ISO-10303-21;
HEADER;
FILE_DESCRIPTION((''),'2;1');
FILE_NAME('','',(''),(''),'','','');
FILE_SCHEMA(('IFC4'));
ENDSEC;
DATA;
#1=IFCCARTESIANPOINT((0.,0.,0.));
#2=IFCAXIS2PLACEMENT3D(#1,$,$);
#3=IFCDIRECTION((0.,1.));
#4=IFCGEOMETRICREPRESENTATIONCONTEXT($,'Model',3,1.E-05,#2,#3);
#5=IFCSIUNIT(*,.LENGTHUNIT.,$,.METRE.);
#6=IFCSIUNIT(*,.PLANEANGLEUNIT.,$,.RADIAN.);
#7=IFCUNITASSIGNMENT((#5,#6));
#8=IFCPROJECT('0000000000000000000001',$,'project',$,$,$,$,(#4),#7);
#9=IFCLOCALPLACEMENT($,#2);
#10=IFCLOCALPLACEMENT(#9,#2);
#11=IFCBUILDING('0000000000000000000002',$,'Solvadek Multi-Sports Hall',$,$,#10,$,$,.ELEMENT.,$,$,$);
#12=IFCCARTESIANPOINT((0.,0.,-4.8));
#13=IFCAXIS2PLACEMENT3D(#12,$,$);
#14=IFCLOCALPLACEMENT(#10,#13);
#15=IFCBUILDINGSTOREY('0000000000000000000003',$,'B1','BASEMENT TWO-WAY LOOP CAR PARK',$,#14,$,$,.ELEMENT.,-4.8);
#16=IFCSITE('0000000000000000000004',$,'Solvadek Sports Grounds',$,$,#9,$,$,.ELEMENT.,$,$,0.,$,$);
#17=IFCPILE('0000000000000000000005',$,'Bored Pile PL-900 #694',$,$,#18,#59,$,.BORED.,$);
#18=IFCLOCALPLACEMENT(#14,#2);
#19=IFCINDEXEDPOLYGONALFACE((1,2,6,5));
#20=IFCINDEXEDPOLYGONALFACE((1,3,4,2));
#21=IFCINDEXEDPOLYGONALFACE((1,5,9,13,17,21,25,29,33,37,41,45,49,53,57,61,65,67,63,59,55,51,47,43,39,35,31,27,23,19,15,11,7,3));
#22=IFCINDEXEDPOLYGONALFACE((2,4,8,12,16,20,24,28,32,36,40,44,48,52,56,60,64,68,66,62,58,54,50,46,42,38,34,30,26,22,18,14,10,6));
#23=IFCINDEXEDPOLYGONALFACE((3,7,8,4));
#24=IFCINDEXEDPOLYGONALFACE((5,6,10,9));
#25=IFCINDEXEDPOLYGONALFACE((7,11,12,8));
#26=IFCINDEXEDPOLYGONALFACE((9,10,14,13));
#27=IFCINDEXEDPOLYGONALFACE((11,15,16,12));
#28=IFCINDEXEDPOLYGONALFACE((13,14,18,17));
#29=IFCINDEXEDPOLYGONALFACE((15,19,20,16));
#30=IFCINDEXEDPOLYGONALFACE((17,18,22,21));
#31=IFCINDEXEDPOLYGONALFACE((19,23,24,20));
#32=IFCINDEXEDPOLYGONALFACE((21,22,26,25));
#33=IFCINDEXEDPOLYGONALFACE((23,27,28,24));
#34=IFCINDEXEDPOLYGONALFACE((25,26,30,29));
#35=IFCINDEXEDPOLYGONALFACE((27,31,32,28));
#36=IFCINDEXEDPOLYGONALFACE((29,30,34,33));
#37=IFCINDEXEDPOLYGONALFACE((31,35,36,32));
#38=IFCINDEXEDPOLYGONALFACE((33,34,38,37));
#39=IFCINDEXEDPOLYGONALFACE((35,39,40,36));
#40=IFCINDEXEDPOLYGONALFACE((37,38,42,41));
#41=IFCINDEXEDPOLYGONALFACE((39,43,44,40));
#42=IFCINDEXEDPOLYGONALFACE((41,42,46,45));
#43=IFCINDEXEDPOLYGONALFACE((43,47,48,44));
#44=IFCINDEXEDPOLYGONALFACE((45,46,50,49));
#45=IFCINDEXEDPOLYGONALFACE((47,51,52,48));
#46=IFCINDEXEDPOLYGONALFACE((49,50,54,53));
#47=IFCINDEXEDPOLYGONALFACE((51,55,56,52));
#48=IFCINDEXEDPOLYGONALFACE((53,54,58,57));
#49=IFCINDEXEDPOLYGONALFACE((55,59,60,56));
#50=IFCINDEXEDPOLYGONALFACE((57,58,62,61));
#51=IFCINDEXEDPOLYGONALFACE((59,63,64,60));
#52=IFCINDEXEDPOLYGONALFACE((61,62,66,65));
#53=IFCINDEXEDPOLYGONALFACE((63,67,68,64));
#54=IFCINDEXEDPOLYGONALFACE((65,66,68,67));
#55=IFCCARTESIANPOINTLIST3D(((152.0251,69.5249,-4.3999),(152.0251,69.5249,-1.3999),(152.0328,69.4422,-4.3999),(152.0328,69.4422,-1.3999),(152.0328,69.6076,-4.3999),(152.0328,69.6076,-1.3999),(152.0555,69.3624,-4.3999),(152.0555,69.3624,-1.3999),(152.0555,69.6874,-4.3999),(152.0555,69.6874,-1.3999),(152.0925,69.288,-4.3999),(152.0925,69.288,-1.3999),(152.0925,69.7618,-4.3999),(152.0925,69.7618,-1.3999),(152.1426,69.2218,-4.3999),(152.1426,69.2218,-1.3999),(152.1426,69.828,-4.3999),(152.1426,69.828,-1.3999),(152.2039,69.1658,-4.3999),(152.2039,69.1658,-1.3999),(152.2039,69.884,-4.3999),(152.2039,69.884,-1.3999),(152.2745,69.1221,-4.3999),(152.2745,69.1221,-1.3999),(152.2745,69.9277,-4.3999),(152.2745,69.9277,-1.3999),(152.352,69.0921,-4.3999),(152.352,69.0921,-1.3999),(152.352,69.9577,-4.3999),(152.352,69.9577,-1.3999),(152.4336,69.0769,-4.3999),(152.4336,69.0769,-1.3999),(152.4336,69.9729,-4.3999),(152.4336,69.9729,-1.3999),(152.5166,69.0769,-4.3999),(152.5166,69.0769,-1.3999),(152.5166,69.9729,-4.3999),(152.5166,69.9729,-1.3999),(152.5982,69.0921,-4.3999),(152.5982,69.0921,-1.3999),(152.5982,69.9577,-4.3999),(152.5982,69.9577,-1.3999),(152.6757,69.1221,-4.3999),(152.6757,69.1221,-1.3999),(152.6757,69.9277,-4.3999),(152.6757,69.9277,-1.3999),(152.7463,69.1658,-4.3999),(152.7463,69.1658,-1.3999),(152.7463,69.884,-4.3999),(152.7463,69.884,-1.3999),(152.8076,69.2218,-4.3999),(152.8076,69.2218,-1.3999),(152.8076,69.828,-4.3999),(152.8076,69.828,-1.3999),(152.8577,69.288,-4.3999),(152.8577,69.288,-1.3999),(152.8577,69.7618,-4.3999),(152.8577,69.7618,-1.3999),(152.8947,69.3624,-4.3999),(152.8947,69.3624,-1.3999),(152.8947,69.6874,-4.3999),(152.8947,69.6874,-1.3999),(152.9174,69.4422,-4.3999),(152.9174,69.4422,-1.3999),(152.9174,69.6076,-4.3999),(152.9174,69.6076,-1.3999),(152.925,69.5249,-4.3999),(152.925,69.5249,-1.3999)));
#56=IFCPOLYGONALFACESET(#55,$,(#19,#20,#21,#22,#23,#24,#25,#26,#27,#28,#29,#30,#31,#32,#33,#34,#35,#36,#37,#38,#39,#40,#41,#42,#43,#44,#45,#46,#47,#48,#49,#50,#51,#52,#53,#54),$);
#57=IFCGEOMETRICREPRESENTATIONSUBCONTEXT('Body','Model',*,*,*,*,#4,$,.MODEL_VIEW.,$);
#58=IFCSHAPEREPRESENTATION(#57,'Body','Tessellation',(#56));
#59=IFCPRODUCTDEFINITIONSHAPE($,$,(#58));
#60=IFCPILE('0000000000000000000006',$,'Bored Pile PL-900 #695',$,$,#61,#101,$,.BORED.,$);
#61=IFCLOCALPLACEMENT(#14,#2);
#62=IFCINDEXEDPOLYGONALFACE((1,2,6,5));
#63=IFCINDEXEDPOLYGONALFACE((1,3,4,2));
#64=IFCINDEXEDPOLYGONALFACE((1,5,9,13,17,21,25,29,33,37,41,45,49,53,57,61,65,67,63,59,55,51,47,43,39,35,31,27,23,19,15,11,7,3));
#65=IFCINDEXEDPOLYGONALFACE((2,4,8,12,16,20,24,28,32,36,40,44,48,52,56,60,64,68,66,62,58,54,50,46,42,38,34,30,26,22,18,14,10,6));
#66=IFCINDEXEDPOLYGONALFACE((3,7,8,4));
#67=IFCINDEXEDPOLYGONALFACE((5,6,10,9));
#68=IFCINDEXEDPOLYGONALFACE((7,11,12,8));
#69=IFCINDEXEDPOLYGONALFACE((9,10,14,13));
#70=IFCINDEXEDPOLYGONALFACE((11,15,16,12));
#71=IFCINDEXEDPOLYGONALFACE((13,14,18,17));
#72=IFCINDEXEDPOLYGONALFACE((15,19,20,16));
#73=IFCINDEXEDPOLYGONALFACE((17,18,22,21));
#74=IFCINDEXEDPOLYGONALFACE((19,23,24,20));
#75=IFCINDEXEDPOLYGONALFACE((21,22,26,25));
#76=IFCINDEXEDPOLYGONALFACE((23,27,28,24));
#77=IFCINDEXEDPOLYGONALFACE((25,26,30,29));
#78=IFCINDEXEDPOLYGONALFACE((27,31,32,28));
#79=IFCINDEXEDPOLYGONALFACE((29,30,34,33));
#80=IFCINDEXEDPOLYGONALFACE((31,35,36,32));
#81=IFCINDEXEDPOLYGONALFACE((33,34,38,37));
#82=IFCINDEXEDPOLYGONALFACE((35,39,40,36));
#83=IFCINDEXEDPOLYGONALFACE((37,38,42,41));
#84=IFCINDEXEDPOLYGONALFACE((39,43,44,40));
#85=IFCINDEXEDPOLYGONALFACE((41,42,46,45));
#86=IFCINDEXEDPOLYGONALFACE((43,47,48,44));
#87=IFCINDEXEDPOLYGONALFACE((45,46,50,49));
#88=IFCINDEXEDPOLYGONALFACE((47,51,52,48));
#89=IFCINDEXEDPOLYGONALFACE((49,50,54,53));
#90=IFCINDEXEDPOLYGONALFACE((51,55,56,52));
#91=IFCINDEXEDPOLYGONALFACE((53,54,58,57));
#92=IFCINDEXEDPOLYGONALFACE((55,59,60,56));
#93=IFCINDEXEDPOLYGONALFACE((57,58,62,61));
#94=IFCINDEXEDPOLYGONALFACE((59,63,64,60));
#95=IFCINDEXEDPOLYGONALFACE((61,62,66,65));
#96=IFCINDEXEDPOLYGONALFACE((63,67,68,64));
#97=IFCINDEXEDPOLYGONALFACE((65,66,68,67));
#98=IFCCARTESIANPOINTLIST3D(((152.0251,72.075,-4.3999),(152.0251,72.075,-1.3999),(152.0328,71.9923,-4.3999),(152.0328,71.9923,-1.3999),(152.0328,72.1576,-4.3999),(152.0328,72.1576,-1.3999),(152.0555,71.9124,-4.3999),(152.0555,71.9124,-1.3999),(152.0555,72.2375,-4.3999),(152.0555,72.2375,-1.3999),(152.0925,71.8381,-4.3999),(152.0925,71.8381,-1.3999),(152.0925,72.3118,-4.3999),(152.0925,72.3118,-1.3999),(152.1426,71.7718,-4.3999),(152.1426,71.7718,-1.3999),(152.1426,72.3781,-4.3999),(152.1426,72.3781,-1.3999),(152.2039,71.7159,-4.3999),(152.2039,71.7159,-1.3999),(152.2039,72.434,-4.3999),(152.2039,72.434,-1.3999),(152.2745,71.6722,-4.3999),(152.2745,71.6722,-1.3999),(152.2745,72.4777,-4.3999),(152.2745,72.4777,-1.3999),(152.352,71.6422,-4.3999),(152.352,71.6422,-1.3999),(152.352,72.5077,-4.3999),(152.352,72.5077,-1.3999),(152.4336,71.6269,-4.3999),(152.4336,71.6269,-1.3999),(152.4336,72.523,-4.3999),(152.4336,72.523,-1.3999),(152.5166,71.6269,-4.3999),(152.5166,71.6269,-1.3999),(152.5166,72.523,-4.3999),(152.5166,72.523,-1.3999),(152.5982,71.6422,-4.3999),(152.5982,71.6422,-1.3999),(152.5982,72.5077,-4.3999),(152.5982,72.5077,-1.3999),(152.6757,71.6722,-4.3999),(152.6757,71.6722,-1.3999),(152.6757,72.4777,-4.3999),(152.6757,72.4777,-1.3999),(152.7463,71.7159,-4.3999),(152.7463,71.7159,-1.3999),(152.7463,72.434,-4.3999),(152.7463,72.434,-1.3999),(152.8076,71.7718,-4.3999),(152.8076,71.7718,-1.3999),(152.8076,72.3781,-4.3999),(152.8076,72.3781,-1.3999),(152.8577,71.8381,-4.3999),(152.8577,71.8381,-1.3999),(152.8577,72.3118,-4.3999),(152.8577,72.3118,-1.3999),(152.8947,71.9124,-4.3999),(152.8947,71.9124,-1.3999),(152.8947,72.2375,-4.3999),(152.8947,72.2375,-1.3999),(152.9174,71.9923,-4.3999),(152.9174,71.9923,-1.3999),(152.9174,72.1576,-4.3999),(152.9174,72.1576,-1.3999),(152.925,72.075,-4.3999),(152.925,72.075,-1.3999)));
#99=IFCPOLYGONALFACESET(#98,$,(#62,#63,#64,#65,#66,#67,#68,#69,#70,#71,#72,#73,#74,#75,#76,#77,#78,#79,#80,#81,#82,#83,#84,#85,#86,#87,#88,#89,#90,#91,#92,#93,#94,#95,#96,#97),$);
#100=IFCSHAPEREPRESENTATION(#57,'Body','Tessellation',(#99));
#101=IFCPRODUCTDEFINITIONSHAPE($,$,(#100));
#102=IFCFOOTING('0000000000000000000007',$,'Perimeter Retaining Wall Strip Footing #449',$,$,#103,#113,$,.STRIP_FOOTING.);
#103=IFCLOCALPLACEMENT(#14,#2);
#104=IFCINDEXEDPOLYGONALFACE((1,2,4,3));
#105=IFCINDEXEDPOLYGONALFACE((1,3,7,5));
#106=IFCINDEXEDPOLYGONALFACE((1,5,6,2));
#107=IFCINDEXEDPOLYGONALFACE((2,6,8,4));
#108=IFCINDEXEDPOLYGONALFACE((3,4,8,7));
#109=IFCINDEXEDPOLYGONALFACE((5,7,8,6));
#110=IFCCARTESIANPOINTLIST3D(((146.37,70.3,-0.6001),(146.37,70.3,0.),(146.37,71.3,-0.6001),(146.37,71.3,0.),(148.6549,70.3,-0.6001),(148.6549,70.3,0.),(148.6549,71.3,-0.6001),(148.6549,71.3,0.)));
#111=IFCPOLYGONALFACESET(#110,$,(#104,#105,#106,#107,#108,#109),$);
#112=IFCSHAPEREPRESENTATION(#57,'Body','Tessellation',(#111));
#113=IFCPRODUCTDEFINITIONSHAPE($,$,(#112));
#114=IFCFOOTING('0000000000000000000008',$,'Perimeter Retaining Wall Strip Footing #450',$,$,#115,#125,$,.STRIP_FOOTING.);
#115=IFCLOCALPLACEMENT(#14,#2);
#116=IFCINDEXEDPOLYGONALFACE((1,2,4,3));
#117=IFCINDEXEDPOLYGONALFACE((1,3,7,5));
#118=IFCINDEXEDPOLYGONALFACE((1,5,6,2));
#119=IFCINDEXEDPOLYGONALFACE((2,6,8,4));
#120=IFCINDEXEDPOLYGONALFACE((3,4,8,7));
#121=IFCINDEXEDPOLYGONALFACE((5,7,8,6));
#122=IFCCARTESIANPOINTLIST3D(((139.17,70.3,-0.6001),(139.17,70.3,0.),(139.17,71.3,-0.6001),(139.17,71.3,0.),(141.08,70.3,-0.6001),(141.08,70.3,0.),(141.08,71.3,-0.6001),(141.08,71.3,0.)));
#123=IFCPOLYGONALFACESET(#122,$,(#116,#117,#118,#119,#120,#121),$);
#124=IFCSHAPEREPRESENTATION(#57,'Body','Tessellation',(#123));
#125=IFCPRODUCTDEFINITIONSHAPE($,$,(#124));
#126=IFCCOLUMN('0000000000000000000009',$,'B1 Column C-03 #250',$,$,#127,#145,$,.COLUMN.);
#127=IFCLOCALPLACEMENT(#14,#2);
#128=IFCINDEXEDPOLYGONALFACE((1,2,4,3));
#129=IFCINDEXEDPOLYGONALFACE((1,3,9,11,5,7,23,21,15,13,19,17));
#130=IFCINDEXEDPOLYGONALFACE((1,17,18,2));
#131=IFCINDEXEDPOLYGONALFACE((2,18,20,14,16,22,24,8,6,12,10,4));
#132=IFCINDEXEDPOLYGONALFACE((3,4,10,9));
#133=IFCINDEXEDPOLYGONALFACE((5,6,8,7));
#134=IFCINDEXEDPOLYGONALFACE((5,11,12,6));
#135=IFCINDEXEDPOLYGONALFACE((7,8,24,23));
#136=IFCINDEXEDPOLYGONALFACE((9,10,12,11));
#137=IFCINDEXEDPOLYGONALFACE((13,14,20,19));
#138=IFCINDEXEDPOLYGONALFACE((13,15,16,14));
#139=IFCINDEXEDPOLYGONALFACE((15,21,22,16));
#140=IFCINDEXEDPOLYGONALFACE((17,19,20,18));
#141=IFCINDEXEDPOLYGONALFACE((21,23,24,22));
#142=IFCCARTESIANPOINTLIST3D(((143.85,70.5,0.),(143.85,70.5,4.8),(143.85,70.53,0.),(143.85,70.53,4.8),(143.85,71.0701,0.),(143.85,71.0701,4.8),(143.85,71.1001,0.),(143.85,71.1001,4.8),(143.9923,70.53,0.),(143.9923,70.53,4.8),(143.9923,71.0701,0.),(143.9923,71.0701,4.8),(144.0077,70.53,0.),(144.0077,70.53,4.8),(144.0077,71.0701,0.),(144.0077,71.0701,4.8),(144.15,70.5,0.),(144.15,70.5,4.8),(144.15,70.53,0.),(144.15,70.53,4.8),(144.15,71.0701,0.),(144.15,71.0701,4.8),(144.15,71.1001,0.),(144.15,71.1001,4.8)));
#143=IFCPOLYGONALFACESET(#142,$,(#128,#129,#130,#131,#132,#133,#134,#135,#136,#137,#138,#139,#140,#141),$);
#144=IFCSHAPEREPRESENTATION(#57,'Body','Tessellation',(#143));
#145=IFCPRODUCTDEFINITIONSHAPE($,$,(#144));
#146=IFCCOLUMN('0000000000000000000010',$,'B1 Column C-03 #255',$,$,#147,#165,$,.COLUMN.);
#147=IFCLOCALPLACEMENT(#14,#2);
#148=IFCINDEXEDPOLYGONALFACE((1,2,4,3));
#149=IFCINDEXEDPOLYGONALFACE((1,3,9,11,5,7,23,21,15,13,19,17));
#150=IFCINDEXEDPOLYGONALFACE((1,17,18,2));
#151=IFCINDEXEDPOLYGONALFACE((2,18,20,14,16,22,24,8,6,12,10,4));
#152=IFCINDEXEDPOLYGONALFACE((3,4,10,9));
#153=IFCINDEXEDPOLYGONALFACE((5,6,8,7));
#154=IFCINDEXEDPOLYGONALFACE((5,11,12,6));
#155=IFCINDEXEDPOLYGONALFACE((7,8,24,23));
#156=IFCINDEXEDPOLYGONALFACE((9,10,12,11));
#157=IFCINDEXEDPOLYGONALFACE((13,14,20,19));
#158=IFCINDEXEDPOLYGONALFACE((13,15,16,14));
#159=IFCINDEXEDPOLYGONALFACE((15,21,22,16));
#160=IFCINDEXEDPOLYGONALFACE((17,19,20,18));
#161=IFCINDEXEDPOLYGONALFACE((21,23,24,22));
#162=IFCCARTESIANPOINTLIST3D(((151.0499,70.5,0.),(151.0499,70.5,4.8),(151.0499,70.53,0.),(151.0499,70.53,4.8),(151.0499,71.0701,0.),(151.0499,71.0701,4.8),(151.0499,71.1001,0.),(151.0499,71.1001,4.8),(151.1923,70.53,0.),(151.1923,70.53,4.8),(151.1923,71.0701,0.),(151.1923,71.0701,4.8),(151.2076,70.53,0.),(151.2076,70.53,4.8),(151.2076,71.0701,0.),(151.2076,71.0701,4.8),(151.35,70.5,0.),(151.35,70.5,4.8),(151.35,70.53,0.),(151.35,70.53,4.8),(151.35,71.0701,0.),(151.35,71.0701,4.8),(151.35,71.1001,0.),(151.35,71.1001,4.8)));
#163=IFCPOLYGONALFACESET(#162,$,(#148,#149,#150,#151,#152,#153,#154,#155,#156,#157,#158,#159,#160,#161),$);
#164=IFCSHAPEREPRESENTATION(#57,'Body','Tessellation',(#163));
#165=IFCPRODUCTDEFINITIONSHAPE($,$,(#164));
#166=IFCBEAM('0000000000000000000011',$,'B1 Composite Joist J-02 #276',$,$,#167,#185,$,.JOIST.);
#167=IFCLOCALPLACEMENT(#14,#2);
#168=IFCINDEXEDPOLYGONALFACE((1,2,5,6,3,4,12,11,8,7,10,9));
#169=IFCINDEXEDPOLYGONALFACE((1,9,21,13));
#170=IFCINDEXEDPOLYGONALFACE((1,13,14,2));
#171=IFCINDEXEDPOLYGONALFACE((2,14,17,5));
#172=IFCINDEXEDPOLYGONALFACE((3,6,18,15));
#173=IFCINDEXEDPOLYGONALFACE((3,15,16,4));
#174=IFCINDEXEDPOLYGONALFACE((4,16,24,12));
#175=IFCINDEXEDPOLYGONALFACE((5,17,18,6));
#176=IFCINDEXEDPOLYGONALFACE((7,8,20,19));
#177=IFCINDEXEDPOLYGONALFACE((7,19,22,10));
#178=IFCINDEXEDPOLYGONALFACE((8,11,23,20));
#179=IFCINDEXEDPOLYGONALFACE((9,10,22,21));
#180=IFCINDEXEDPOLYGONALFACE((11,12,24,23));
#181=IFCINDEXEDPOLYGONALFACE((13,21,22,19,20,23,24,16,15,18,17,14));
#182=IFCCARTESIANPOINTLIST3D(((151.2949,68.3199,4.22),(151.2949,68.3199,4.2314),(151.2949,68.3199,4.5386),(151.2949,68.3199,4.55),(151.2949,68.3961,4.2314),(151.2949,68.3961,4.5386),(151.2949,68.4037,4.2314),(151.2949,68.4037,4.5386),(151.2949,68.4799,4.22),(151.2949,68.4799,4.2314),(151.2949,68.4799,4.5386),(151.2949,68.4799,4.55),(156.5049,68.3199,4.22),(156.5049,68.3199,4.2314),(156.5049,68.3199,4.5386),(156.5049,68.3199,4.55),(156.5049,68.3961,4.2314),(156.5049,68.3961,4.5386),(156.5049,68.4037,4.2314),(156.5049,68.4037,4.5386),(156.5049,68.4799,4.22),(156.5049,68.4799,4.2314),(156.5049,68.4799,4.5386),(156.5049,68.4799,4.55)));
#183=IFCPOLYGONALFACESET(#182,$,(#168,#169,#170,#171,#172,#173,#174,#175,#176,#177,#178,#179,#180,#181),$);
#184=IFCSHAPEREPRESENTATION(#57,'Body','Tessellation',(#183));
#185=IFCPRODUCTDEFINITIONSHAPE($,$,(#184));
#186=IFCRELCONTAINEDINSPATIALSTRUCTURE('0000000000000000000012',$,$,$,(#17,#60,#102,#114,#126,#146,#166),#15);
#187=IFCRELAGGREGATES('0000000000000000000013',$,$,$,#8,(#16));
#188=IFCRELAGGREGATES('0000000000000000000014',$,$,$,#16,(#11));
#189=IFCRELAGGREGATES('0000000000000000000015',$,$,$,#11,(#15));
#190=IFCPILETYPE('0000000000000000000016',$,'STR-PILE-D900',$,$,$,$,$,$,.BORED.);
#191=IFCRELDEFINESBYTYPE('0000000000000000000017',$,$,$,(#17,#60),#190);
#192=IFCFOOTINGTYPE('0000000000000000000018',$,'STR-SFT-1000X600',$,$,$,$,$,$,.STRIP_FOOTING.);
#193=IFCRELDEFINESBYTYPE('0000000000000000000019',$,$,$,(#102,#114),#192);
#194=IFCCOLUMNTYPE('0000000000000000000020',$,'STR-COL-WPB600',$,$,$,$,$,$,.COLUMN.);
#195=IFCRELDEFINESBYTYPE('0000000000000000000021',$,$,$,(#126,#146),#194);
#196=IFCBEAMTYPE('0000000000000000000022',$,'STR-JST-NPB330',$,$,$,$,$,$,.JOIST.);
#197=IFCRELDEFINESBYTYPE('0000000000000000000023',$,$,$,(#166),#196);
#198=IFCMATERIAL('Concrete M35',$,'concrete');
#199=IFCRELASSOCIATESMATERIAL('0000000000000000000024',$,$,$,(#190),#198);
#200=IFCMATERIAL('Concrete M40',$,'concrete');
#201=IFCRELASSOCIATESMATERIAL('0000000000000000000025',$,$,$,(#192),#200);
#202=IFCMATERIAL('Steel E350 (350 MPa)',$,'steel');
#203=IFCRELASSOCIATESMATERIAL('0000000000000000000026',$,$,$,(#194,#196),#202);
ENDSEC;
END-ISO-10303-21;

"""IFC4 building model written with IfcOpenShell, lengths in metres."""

from ifc_helpers import new_model, si_unit, direction, frame, origin, origin_2d, place, context, subcontext, project, spatial, rectangle, circle, i_section, extrude, material, material_profile, profile_set, type_object, element, save


model = new_model("IFC4")

# Units and contexts
model_context = context("Model", 3, precision=1e-05, world=origin(), true_north=direction((0.0, 1.0)))
body_context = subcontext(model_context, "Body", "Model", "MODEL_VIEW")
ifc_project = project(units=[si_unit("LENGTHUNIT", "METRE"), si_unit("PLANEANGLEUNIT", "RADIAN")], contexts=[model_context])

# Site, building, storey
site_placement = place(None, origin())
site = spatial("IfcSite", under=ifc_project, at=site_placement, Name="Solvadek Sports Grounds", CompositionType="ELEMENT", RefElevation=0.0)
building_placement = place(site_placement, origin())
building = spatial("IfcBuilding", under=site, at=building_placement, Name="Solvadek Multi-Sports Hall", CompositionType="ELEMENT")
storey_placement = place(building_placement, frame((0.0, 0.0, -4.8)))
storey = spatial("IfcBuildingStorey", under=building, at=storey_placement, Name="B1", Description="BASEMENT TWO-WAY LOOP CAR PARK", CompositionType="ELEMENT", Elevation=-4.8)

# Shared definitions
ifc_material_1 = material(Name="Concrete M40", Category="concrete")

# Piles
ifc_material_2 = material(Name="Concrete M35", Category="concrete")
ifc_material_profile_1 = material_profile(ifc_material_2, circle(Radius=0.45, at=origin_2d()), Name="BORED PILE D900")
ifc_profile_set_1 = profile_set([ifc_material_profile_1], Name="Concrete M35")
pile_type = type_object("IfcPileType", Name="STR-PILE-D900", PredefinedType="BORED", material=ifc_profile_set_1)
for number, where, z_axis, x_axis, name in (
    (1, (152.4751, 69.5249, -1.3999), (0.0, 0.0, -1.0), (1.0, 0.0, 0.0), "Bored Pile PL-900 #694"),
    (2, (152.4751, 72.075, -1.3999), (0.0, 0.0, -1.0), (1.0, 0.0, 0.0), "Bored Pile PL-900 #695"),
):
    element("IfcPile", number, at=place(storey_placement, frame(where, z_axis=z_axis, x_axis=x_axis)), inside=storey, type_object=pile_type, Name=name, PredefinedType="BORED", context=body_context, shape_type="SweptSolid", body=[
        extrude(circle(Radius=0.45, at=origin_2d()), origin(), (0.0, 0.0, 1.0), 3.0),
    ])

# Footings
footing_type_1 = type_object("IfcFootingType", Name="STR-SFT-1000X600", PredefinedType="STRIP_FOOTING", material=ifc_material_1)
footing_1_placement = place(storey_placement, frame((147.5125, 70.8, -0.6001), z_axis=(0.0, 0.0, 1.0), x_axis=(-1.0, 0.0, 0.0)))
element("IfcFooting", 3, at=footing_1_placement, inside=storey, type_object=footing_type_1, Name="Perimeter Retaining Wall Strip Footing #449", PredefinedType="STRIP_FOOTING", context=body_context, shape_type="SweptSolid", body=[
    extrude(rectangle(XDim=2.2849, YDim=1.0, at=origin_2d()), origin(), (0.0, 0.0, 1.0), 0.6001),
])
footing_2_placement = place(storey_placement, frame((140.125, 70.8, -0.6001), z_axis=(0.0, 0.0, 1.0), x_axis=(-1.0, 0.0, 0.0)))
element("IfcFooting", 4, at=footing_2_placement, inside=storey, type_object=footing_type_1, Name="Perimeter Retaining Wall Strip Footing #450", PredefinedType="STRIP_FOOTING", context=body_context, shape_type="SweptSolid", body=[
    extrude(rectangle(XDim=1.9099, YDim=1.0, at=origin_2d()), origin(), (0.0, 0.0, 1.0), 0.6001),
])

# Columns
ifc_material_3 = material(Name="Steel E350 (350 MPa)", Category="steel")
ifc_material_profile_2 = material_profile(ifc_material_3, i_section(OverallWidth=0.3, OverallDepth=0.6001, WebThickness=0.0154, FlangeThickness=0.03, at=origin_2d()), Name="WPB 600")
ifc_profile_set_2 = profile_set([ifc_material_profile_2], Name="Steel E350 (350 MPa)")
column_type = type_object("IfcColumnType", Name="STR-COL-WPB600", PredefinedType="COLUMN", material=ifc_profile_set_2)
for number, where, z_axis, x_axis, name in (
    (5, (144.0, 70.8, 0.0), (0.0, 0.0, 1.0), (1.0, 0.0, 0.0), "B1 Column C-03 #250"),
    (6, (151.2, 70.8, 0.0), (0.0, 0.0, 1.0), (1.0, 0.0, 0.0), "B1 Column C-03 #255"),
):
    element("IfcColumn", number, at=place(storey_placement, frame(where, z_axis=z_axis, x_axis=x_axis)), inside=storey, type_object=column_type, Name=name, PredefinedType="COLUMN", context=body_context, shape_type="SweptSolid", body=[
        extrude(i_section(OverallWidth=0.3, OverallDepth=0.6001, WebThickness=0.0154, FlangeThickness=0.03, at=origin_2d()), origin(), (0.0, 0.0, 1.0), 4.8),
    ])

# Beam
ifc_material_profile_3 = material_profile(ifc_material_3, i_section(OverallWidth=0.1599, OverallDepth=0.3301, WebThickness=0.0076, FlangeThickness=0.0115, at=origin_2d()), Name="NPB 330")
ifc_profile_set_3 = profile_set([ifc_material_profile_3], Name="Steel E350 (350 MPa)")
beam_type_1 = type_object("IfcBeamType", Name="STR-JST-NPB330", PredefinedType="JOIST", material=ifc_profile_set_3)
beam_1_placement = place(storey_placement, frame((151.2949, 68.3999, 4.385), z_axis=(1.0, 0.0, 0.0), x_axis=(0.0, 1.0, 0.0)))
element("IfcBeam", 7, at=beam_1_placement, inside=storey, type_object=beam_type_1, Name="B1 Composite Joist J-02 #276", PredefinedType="JOIST", context=body_context, shape_type="SweptSolid", body=[
    extrude(i_section(OverallWidth=0.1599, OverallDepth=0.3301, WebThickness=0.0076, FlangeThickness=0.0115, at=origin_2d()), origin(), (0.0, 0.0, 1.0), 5.21),
])

save(model, "model.ifc")
